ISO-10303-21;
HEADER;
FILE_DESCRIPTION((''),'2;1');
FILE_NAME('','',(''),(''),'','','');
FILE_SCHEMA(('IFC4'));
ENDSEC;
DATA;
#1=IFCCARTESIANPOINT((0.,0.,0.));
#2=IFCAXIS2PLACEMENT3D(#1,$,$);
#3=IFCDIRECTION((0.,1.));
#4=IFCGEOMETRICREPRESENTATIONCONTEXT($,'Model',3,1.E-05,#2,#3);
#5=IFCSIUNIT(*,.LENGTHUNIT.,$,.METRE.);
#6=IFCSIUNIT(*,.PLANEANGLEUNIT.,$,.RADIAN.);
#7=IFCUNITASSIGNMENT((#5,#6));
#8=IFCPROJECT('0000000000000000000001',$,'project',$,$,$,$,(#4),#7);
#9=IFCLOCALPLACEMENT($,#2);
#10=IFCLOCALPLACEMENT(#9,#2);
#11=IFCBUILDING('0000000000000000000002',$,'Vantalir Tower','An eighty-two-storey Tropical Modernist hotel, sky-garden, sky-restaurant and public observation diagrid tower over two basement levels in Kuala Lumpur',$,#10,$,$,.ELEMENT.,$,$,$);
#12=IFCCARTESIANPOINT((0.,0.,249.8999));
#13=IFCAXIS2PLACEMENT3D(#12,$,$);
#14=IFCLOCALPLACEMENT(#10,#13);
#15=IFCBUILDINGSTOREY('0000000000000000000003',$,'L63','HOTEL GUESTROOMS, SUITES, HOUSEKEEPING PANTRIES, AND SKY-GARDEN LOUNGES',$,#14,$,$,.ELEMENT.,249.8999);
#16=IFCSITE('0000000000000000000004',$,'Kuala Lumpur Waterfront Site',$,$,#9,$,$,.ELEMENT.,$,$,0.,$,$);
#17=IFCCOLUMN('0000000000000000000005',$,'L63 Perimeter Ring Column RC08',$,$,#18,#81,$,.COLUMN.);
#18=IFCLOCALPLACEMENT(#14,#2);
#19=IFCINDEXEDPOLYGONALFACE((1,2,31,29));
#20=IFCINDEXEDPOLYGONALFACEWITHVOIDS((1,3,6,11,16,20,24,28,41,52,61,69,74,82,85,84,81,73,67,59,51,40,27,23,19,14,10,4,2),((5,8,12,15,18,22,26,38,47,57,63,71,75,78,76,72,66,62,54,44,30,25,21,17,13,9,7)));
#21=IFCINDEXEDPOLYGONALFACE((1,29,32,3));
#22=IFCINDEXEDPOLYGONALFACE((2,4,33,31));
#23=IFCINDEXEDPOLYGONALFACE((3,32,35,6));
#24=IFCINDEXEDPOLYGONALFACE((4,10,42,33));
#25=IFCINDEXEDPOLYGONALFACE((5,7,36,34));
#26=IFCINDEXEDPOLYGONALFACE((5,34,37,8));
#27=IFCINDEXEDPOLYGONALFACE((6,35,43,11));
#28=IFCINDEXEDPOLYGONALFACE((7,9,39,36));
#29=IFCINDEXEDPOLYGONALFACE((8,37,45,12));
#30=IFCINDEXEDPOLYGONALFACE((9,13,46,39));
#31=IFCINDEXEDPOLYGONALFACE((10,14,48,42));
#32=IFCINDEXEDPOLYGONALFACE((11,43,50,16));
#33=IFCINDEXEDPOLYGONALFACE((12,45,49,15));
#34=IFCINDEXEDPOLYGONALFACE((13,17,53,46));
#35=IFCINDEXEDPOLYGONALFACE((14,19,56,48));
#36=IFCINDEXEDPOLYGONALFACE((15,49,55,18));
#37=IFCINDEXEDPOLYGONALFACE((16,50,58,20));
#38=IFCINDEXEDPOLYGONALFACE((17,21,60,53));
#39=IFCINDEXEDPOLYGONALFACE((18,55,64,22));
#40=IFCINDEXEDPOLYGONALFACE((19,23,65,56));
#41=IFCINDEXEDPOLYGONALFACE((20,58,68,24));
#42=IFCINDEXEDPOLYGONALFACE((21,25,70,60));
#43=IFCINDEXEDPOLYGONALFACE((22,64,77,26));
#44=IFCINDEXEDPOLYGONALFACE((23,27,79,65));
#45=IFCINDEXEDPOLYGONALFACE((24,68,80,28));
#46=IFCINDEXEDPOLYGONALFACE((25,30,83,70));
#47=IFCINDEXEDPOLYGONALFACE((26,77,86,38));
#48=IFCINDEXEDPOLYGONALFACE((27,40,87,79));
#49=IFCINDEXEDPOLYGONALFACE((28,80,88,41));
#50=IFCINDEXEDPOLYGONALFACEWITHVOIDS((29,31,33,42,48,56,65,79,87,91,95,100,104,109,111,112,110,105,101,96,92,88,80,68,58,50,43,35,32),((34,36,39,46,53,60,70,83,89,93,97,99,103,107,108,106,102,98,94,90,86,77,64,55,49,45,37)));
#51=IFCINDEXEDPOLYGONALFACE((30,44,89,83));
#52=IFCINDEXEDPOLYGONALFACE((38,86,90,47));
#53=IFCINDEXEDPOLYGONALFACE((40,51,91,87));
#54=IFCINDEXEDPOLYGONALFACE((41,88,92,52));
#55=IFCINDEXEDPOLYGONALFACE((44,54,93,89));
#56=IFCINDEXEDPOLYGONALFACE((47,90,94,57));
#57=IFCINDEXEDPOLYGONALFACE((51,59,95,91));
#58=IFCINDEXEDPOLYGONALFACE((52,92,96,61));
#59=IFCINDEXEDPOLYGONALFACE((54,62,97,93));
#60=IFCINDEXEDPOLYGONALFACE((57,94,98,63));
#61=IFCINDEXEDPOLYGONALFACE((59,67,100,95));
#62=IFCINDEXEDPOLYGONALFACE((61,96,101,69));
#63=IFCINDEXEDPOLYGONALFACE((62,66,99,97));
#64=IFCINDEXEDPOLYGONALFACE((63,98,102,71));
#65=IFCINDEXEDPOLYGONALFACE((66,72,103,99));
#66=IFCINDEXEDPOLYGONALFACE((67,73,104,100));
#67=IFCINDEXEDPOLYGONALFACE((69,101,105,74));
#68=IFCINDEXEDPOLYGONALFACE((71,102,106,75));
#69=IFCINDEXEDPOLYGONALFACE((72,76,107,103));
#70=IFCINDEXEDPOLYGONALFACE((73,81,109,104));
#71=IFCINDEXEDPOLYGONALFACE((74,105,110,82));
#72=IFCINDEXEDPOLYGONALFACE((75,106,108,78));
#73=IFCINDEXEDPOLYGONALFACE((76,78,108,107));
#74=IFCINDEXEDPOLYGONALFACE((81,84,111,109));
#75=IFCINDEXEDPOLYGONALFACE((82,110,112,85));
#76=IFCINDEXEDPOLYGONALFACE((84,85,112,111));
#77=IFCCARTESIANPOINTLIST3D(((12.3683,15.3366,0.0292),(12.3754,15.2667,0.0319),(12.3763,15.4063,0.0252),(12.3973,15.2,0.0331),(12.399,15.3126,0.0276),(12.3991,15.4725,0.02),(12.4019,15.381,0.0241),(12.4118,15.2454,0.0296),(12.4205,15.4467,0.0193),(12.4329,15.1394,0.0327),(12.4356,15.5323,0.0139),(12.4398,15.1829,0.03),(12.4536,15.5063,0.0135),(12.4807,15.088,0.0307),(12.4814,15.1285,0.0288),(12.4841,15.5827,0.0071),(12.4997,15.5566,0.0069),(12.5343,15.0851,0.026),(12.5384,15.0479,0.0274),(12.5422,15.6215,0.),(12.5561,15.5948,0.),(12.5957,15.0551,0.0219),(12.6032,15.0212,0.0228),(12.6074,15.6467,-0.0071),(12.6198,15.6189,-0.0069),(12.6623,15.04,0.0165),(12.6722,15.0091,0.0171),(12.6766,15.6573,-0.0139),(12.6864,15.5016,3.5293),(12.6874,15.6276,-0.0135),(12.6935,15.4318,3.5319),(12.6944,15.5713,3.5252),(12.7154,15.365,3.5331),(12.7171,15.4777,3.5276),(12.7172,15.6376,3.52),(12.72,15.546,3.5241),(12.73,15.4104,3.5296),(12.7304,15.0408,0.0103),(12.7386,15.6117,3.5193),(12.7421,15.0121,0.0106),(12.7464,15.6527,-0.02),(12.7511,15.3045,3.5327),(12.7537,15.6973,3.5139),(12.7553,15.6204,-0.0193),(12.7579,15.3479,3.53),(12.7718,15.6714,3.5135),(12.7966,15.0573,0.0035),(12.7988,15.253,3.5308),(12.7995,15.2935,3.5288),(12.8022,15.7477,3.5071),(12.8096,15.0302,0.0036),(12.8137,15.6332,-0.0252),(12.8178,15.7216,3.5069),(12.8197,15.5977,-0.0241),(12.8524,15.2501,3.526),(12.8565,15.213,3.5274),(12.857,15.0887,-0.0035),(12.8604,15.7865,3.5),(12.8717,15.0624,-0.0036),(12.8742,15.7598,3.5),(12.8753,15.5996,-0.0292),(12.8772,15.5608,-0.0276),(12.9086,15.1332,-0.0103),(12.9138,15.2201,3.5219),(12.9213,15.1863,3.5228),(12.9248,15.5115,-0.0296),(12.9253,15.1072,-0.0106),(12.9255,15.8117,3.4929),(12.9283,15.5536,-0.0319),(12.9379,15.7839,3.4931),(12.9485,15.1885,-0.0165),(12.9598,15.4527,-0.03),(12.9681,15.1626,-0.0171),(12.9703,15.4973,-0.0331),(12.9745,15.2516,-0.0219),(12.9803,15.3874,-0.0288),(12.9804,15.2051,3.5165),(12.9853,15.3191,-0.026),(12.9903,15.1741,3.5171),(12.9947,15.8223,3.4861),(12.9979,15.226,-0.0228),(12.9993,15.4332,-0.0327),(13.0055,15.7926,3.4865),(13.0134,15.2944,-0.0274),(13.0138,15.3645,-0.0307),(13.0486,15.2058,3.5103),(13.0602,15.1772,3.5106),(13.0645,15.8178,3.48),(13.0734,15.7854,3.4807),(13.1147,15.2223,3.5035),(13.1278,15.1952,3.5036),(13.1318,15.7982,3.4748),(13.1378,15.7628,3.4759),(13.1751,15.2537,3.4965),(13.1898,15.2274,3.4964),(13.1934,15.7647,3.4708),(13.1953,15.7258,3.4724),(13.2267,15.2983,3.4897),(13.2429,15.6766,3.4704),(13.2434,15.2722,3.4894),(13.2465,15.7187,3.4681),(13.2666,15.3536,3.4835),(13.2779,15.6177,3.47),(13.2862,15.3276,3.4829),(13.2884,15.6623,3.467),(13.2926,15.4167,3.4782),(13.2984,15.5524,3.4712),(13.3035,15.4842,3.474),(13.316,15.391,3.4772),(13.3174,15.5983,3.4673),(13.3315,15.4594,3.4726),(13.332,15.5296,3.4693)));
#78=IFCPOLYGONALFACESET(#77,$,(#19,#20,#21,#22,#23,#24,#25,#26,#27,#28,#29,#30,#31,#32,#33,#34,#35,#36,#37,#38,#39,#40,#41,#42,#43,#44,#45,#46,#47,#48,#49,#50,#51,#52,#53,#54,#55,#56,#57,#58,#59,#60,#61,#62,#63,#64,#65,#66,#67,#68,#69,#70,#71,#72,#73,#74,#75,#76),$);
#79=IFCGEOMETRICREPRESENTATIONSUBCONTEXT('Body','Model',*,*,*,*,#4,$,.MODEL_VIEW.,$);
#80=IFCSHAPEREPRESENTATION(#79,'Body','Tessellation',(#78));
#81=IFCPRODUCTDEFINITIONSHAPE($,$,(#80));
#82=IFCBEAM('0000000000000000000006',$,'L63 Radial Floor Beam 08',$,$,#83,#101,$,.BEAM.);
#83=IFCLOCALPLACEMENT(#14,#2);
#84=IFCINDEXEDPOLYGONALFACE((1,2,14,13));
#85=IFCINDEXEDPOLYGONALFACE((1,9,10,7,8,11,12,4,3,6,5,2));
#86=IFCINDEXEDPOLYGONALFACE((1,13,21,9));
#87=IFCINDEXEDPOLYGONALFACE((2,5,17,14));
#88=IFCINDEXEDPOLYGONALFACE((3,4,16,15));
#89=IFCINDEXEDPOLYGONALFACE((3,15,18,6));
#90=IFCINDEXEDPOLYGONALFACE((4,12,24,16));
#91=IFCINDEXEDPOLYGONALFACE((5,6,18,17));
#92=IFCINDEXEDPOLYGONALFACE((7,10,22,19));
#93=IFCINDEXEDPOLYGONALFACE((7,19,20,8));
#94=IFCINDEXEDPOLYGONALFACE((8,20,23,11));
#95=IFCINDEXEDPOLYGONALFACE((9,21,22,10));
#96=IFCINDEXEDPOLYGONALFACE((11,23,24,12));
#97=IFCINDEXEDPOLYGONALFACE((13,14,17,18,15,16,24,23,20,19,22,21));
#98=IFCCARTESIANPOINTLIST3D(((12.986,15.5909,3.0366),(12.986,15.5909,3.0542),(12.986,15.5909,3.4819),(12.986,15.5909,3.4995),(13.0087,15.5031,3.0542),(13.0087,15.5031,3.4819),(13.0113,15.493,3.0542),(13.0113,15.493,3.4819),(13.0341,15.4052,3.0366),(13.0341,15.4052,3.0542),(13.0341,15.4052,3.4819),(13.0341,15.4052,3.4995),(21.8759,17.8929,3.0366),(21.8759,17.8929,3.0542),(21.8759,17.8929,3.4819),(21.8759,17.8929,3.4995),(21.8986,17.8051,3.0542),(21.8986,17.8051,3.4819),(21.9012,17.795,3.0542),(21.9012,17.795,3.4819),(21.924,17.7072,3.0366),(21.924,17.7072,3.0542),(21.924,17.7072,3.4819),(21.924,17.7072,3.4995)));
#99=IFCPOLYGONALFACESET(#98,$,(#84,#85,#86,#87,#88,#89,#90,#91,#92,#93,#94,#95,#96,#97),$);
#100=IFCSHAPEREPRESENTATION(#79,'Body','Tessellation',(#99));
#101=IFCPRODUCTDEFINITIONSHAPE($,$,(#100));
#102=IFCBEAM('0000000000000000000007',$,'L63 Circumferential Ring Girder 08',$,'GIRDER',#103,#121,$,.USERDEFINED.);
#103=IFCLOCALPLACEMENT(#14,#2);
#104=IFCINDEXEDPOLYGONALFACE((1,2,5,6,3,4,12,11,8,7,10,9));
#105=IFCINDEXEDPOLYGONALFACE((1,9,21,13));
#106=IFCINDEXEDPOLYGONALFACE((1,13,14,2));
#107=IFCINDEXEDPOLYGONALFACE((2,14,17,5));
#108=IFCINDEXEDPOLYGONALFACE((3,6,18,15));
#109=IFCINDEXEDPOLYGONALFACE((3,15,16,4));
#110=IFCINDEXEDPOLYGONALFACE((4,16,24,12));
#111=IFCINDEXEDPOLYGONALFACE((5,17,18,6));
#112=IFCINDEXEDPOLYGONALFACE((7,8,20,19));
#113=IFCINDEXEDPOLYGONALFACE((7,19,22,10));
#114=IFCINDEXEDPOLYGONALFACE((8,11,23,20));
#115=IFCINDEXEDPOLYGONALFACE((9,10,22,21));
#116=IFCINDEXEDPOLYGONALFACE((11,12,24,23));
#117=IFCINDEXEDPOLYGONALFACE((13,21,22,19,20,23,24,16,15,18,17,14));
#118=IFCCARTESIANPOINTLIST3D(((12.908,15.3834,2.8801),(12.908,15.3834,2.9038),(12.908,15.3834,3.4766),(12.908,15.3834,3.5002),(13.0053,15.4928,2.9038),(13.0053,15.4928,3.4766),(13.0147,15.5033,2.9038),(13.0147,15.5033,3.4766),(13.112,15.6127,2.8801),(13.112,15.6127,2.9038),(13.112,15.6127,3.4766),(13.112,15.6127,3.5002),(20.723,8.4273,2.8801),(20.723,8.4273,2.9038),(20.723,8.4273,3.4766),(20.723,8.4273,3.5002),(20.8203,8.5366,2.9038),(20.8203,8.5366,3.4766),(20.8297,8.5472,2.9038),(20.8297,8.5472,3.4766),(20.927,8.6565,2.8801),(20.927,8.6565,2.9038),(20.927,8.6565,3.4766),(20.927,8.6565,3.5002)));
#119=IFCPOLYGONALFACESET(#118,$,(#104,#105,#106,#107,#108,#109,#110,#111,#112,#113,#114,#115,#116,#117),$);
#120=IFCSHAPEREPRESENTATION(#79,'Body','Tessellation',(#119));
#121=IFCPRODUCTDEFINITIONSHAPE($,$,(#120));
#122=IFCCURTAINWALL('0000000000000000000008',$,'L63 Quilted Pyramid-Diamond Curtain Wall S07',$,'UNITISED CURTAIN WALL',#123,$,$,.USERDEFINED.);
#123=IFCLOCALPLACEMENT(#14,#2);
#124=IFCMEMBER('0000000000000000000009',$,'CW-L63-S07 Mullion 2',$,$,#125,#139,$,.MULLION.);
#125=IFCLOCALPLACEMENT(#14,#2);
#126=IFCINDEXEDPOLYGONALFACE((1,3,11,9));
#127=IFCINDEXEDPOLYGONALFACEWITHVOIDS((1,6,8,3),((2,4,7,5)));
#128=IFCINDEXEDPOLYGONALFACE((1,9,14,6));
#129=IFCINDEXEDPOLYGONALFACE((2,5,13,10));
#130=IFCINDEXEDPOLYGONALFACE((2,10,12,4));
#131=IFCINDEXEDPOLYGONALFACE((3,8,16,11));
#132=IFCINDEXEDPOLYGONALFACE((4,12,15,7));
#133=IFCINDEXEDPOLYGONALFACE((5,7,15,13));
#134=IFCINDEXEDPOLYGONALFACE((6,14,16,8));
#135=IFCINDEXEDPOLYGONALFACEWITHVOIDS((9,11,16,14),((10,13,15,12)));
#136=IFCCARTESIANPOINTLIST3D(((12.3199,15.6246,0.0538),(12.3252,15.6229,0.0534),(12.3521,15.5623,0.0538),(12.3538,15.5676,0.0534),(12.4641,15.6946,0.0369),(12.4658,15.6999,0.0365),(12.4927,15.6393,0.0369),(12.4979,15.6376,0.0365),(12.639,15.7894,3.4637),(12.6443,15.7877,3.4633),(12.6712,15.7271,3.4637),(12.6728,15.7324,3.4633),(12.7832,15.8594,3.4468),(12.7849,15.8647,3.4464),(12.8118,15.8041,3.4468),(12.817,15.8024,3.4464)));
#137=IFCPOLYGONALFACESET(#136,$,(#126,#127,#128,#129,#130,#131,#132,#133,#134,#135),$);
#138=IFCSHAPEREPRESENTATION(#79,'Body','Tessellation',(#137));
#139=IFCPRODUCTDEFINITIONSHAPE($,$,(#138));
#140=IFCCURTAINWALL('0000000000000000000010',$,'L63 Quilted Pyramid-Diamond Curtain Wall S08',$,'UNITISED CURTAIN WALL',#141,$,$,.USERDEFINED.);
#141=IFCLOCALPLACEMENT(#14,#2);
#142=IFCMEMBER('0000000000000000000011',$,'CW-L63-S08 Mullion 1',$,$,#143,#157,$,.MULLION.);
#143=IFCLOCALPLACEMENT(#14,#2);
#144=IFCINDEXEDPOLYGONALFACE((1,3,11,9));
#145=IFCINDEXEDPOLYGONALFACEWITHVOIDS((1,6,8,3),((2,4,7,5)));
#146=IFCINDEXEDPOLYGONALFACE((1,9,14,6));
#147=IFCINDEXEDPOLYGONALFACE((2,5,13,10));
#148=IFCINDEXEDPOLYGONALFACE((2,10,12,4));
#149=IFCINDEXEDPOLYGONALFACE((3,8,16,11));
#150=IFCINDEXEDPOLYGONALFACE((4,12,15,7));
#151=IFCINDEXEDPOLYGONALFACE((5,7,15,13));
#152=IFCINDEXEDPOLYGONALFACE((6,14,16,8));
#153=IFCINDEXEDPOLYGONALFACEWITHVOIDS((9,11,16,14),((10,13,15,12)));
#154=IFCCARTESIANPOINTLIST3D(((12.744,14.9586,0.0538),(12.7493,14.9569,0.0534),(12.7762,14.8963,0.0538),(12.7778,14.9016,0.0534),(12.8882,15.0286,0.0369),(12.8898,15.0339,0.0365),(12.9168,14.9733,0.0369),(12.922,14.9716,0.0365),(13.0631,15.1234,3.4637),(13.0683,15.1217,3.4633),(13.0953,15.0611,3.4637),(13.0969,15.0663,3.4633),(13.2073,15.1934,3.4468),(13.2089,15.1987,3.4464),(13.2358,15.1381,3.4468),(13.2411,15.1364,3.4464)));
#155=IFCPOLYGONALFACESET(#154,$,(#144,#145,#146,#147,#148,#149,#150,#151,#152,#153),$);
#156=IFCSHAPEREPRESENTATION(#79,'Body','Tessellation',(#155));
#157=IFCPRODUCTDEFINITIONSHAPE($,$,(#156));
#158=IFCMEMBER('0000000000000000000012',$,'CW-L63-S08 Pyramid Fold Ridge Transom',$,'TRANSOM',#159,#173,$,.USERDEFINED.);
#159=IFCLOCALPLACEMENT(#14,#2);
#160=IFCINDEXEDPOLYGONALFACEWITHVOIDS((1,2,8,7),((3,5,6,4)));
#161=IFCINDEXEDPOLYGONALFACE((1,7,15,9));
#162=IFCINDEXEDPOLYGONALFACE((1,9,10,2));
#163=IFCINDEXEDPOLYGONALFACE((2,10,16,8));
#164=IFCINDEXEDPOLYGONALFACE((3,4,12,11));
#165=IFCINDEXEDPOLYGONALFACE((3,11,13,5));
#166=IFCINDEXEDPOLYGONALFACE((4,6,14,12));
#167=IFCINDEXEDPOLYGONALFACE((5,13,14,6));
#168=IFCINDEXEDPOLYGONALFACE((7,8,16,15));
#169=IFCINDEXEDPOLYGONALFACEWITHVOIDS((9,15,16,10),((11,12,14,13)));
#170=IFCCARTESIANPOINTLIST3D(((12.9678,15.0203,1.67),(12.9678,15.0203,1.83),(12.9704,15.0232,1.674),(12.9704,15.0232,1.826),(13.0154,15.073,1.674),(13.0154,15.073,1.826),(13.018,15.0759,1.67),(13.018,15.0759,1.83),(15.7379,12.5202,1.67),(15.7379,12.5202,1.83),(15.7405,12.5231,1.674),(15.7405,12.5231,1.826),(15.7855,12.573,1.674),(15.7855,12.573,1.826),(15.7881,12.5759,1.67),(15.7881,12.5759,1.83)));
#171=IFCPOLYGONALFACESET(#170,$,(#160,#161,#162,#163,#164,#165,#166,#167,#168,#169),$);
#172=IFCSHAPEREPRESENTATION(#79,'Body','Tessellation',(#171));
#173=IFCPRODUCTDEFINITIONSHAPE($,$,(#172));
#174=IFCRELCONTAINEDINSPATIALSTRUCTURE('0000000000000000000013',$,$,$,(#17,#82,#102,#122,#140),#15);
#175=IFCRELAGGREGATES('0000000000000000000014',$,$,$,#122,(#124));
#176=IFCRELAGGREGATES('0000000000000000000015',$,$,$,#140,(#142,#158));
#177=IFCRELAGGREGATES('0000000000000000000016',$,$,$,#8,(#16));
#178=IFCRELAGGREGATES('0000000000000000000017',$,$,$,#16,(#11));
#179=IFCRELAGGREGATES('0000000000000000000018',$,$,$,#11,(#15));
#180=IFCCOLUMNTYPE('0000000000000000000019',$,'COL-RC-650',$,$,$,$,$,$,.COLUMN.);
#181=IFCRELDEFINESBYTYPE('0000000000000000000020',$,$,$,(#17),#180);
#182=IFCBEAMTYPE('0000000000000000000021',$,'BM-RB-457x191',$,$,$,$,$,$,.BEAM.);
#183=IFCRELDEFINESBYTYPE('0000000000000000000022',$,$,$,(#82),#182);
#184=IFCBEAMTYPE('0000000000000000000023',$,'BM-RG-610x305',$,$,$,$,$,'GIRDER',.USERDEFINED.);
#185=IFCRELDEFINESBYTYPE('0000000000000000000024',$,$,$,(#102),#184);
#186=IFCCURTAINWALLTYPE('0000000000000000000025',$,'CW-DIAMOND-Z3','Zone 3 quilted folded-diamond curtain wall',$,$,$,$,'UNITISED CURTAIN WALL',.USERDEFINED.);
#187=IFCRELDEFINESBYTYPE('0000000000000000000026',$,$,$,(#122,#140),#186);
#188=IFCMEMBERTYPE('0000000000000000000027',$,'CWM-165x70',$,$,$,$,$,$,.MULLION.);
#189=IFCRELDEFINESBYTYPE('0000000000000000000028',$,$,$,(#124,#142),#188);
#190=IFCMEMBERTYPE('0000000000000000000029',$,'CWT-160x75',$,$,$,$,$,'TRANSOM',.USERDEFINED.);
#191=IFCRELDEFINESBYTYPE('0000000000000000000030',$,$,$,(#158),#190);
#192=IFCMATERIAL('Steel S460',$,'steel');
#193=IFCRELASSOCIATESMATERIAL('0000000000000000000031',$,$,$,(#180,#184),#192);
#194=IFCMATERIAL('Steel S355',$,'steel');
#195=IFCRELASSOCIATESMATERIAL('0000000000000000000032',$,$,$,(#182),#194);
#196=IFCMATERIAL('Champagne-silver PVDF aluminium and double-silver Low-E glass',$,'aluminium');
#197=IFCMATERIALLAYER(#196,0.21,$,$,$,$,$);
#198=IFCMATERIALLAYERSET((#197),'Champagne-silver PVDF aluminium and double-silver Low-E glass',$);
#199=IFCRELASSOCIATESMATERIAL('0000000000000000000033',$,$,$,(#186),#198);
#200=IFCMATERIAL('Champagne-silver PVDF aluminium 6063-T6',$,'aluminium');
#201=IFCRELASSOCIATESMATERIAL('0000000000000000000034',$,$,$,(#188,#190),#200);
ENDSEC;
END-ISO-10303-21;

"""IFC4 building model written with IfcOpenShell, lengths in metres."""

from ifc_helpers import new_model, si_unit, direction, frame, origin, origin_2d, place, context, subcontext, project, spatial, hollow_rectangle, hollow_circle, i_section, extrude, material, layer, layer_set, material_profile, profile_set, type_object, element, aggregate, save


model = new_model("IFC4")

# Units and contexts
model_context = context("Model", 3, precision=1e-05, world=origin(), true_north=direction((0.0, 1.0)))
body_context = subcontext(model_context, "Body", "Model", "MODEL_VIEW")
ifc_project = project(units=[si_unit("LENGTHUNIT", "METRE"), si_unit("PLANEANGLEUNIT", "RADIAN")], contexts=[model_context])

# Site, building, storey
site_placement = place(None, origin())
site = spatial("IfcSite", under=ifc_project, at=site_placement, Name="Kuala Lumpur Waterfront Site", CompositionType="ELEMENT", RefElevation=0.0)
building_placement = place(site_placement, origin())
building = spatial("IfcBuilding", under=site, at=building_placement, Name="Vantalir Tower", Description="An eighty-two-storey Tropical Modernist hotel, sky-garden, sky-restaurant and public observation diagrid tower over two basement levels in Kuala Lumpur", CompositionType="ELEMENT")
storey_placement = place(building_placement, frame((0.0, 0.0, 249.8999)))
storey = spatial("IfcBuildingStorey", under=building, at=storey_placement, Name="L63", Description="HOTEL GUESTROOMS, SUITES, HOUSEKEEPING PANTRIES, AND SKY-GARDEN LOUNGES", CompositionType="ELEMENT", Elevation=249.8999)

# Column
ifc_material_1 = material(Name="Steel S460", Category="steel")
ifc_material_profile_1 = material_profile(ifc_material_1, hollow_circle(Radius=0.325, WallThickness=0.03, at=origin_2d()), Name="Steel S460")
ifc_profile_set_1 = profile_set([ifc_material_profile_1], Name="Steel S460")
column_type = type_object("IfcColumnType", Name="COL-RC-650", PredefinedType="COLUMN", material=ifc_profile_set_1)
column_placement = place(storey_placement, frame((12.6919, 15.333, 0.0), z_axis=(0.090417, 0.046909, 0.994799), x_axis=(-0.460516, 0.887651, 0.0)))
element("IfcColumn", 1, at=column_placement, inside=storey, type_object=column_type, Name="L63 Perimeter Ring Column RC08", PredefinedType="COLUMN", context=body_context, shape_type="SweptSolid", body=[
    extrude(hollow_circle(Radius=0.325, WallThickness=0.03, at=origin_2d()), origin(), (0.0, 0.0, 1.0), 3.5183),
])

# Beams
ifc_material_2 = material(Name="Steel S355", Category="steel")
ifc_material_profile_2 = material_profile(ifc_material_2, i_section(OverallWidth=0.1919, OverallDepth=0.4629, WebThickness=0.0105, FlangeThickness=0.0176, at=origin_2d()), Name="Steel S355")
ifc_profile_set_2 = profile_set([ifc_material_profile_2], Name="Steel S355")
beam_type_1 = type_object("IfcBeamType", Name="BM-RB-457x191", PredefinedType="BEAM", material=ifc_profile_set_2)
beam_1_placement = place(storey_placement, frame((13.01, 15.498, 3.2681), z_axis=(0.968071, 0.250678, 0.0), x_axis=(-0.250678, 0.968071, 0.0)))
element("IfcBeam", 2, at=beam_1_placement, inside=storey, type_object=beam_type_1, Name="L63 Radial Floor Beam 08", PredefinedType="BEAM", context=body_context, shape_type="SweptSolid", body=[
    extrude(i_section(OverallWidth=0.1919, OverallDepth=0.4629, WebThickness=0.0105, FlangeThickness=0.0176, at=origin_2d()), origin(), (0.0, 0.0, 1.0), 9.1831),
])
ifc_material_profile_3 = material_profile(ifc_material_1, i_section(OverallWidth=0.3069, OverallDepth=0.6201, WebThickness=0.0142, FlangeThickness=0.0237, at=origin_2d()), Name="Steel S460")
ifc_profile_set_3 = profile_set([ifc_material_profile_3], Name="Steel S460")
beam_type_2 = type_object("IfcBeamType", Name="BM-RG-610x305", ElementType="GIRDER", PredefinedType="USERDEFINED", material=ifc_profile_set_3)
beam_2_placement = place(storey_placement, frame((13.01, 15.498, 3.1902), z_axis=(0.746961, -0.664868, 0.0), x_axis=(0.664868, 0.746961, 0.0)))
element("IfcBeam", 3, at=beam_2_placement, inside=storey, type_object=beam_type_2, Name="L63 Circumferential Ring Girder 08", ObjectType="GIRDER", PredefinedType="USERDEFINED", context=body_context, shape_type="SweptSolid", body=[
    extrude(i_section(OverallWidth=0.3069, OverallDepth=0.6201, WebThickness=0.0142, FlangeThickness=0.0237, at=origin_2d()), origin(), (0.0, 0.0, 1.0), 10.4624),
])

# Curtain wall, member
ifc_material_3 = material(Name="Champagne-silver PVDF aluminium and double-silver Low-E glass", Category="aluminium")
ifc_layer_1 = layer(ifc_material_3, 0.21)
ifc_layer_set_1 = layer_set([ifc_layer_1], Name="Champagne-silver PVDF aluminium and double-silver Low-E glass")
curtain_wall_type = type_object("IfcCurtainWallType", Name="CW-DIAMOND-Z3", Description="Zone 3 quilted folded-diamond curtain wall", ElementType="UNITISED CURTAIN WALL", PredefinedType="USERDEFINED", material=ifc_layer_set_1)
curtain_wall_1_placement = place(storey_placement, origin())
curtain_wall_1 = element("IfcCurtainWall", 4, at=curtain_wall_1_placement, inside=storey, type_object=curtain_wall_type, Name="L63 Quilted Pyramid-Diamond Curtain Wall S07", ObjectType="UNITISED CURTAIN WALL", PredefinedType="USERDEFINED")
ifc_material_4 = material(Name="Champagne-silver PVDF aluminium 6063-T6", Category="aluminium")
ifc_material_profile_4 = material_profile(ifc_material_4, hollow_rectangle(XDim=0.0701, YDim=0.165, WallThickness=0.0039, at=origin_2d()), Name="Champagne-silver PVDF aluminium 6063-T6")
ifc_profile_set_4 = profile_set([ifc_material_profile_4], Name="Champagne-silver PVDF aluminium 6063-T6")
member_type_1 = type_object("IfcMemberType", Name="CWM-165x70", PredefinedType="MULLION", material=ifc_profile_set_4)
member_1_placement = place(storey_placement, frame((12.4089, 15.6311, 0.0452), z_axis=(0.093063, 0.048062, 0.9945), x_axis=(-0.458868, 0.888504, 0.0)))
member_1 = element("IfcMember", 5, at=member_1_placement, type_object=member_type_1, Name="CW-L63-S07 Mullion 2", PredefinedType="MULLION", context=body_context, shape_type="SweptSolid", body=[
    extrude(hollow_rectangle(XDim=0.0701, YDim=0.165, WallThickness=0.0039, at=origin_2d()), origin(), (0.0, 0.0, 1.0), 3.4287),
])

# Curtain wall, members
curtain_wall_2_placement = place(storey_placement, origin())
curtain_wall_2 = element("IfcCurtainWall", 6, at=curtain_wall_2_placement, inside=storey, type_object=curtain_wall_type, Name="L63 Quilted Pyramid-Diamond Curtain Wall S08", ObjectType="UNITISED CURTAIN WALL", PredefinedType="USERDEFINED")
member_2_placement = place(storey_placement, frame((12.833, 14.9651, 0.0452), z_axis=(0.093063, 0.048062, 0.9945), x_axis=(-0.458868, 0.888504, 0.0)))
member_2 = element("IfcMember", 7, at=member_2_placement, type_object=member_type_1, Name="CW-L63-S08 Mullion 1", PredefinedType="MULLION", context=body_context, shape_type="SweptSolid", body=[
    extrude(hollow_rectangle(XDim=0.0701, YDim=0.165, WallThickness=0.0039, at=origin_2d()), origin(), (0.0, 0.0, 1.0), 3.4287),
])
ifc_material_profile_5 = material_profile(ifc_material_4, hollow_rectangle(XDim=0.075, YDim=0.1599, WallThickness=0.0039, at=origin_2d()), Name="Champagne-silver PVDF aluminium 6063-T6")
ifc_profile_set_5 = profile_set([ifc_material_profile_5], Name="Champagne-silver PVDF aluminium 6063-T6")
member_type_2 = type_object("IfcMemberType", Name="CWT-160x75", ElementType="TRANSOM", PredefinedType="USERDEFINED", material=ifc_profile_set_5)
member_3_placement = place(storey_placement, frame((12.9929, 15.0481, 1.75), z_axis=(0.742363, -0.669998, 0.0), x_axis=(0.669998, 0.742363, 0.0)))
member_3 = element("IfcMember", 8, at=member_3_placement, type_object=member_type_2, Name="CW-L63-S08 Pyramid Fold Ridge Transom", ObjectType="TRANSOM", PredefinedType="USERDEFINED", context=body_context, shape_type="SweptSolid", body=[
    extrude(hollow_rectangle(XDim=0.075, YDim=0.1599, WallThickness=0.0039, at=origin_2d()), origin(), (0.0, 0.0, 1.0), 3.7314),
])

aggregate(curtain_wall_1, [member_1])
aggregate(curtain_wall_2, [member_2, member_3])

save(model, "model.ifc")
